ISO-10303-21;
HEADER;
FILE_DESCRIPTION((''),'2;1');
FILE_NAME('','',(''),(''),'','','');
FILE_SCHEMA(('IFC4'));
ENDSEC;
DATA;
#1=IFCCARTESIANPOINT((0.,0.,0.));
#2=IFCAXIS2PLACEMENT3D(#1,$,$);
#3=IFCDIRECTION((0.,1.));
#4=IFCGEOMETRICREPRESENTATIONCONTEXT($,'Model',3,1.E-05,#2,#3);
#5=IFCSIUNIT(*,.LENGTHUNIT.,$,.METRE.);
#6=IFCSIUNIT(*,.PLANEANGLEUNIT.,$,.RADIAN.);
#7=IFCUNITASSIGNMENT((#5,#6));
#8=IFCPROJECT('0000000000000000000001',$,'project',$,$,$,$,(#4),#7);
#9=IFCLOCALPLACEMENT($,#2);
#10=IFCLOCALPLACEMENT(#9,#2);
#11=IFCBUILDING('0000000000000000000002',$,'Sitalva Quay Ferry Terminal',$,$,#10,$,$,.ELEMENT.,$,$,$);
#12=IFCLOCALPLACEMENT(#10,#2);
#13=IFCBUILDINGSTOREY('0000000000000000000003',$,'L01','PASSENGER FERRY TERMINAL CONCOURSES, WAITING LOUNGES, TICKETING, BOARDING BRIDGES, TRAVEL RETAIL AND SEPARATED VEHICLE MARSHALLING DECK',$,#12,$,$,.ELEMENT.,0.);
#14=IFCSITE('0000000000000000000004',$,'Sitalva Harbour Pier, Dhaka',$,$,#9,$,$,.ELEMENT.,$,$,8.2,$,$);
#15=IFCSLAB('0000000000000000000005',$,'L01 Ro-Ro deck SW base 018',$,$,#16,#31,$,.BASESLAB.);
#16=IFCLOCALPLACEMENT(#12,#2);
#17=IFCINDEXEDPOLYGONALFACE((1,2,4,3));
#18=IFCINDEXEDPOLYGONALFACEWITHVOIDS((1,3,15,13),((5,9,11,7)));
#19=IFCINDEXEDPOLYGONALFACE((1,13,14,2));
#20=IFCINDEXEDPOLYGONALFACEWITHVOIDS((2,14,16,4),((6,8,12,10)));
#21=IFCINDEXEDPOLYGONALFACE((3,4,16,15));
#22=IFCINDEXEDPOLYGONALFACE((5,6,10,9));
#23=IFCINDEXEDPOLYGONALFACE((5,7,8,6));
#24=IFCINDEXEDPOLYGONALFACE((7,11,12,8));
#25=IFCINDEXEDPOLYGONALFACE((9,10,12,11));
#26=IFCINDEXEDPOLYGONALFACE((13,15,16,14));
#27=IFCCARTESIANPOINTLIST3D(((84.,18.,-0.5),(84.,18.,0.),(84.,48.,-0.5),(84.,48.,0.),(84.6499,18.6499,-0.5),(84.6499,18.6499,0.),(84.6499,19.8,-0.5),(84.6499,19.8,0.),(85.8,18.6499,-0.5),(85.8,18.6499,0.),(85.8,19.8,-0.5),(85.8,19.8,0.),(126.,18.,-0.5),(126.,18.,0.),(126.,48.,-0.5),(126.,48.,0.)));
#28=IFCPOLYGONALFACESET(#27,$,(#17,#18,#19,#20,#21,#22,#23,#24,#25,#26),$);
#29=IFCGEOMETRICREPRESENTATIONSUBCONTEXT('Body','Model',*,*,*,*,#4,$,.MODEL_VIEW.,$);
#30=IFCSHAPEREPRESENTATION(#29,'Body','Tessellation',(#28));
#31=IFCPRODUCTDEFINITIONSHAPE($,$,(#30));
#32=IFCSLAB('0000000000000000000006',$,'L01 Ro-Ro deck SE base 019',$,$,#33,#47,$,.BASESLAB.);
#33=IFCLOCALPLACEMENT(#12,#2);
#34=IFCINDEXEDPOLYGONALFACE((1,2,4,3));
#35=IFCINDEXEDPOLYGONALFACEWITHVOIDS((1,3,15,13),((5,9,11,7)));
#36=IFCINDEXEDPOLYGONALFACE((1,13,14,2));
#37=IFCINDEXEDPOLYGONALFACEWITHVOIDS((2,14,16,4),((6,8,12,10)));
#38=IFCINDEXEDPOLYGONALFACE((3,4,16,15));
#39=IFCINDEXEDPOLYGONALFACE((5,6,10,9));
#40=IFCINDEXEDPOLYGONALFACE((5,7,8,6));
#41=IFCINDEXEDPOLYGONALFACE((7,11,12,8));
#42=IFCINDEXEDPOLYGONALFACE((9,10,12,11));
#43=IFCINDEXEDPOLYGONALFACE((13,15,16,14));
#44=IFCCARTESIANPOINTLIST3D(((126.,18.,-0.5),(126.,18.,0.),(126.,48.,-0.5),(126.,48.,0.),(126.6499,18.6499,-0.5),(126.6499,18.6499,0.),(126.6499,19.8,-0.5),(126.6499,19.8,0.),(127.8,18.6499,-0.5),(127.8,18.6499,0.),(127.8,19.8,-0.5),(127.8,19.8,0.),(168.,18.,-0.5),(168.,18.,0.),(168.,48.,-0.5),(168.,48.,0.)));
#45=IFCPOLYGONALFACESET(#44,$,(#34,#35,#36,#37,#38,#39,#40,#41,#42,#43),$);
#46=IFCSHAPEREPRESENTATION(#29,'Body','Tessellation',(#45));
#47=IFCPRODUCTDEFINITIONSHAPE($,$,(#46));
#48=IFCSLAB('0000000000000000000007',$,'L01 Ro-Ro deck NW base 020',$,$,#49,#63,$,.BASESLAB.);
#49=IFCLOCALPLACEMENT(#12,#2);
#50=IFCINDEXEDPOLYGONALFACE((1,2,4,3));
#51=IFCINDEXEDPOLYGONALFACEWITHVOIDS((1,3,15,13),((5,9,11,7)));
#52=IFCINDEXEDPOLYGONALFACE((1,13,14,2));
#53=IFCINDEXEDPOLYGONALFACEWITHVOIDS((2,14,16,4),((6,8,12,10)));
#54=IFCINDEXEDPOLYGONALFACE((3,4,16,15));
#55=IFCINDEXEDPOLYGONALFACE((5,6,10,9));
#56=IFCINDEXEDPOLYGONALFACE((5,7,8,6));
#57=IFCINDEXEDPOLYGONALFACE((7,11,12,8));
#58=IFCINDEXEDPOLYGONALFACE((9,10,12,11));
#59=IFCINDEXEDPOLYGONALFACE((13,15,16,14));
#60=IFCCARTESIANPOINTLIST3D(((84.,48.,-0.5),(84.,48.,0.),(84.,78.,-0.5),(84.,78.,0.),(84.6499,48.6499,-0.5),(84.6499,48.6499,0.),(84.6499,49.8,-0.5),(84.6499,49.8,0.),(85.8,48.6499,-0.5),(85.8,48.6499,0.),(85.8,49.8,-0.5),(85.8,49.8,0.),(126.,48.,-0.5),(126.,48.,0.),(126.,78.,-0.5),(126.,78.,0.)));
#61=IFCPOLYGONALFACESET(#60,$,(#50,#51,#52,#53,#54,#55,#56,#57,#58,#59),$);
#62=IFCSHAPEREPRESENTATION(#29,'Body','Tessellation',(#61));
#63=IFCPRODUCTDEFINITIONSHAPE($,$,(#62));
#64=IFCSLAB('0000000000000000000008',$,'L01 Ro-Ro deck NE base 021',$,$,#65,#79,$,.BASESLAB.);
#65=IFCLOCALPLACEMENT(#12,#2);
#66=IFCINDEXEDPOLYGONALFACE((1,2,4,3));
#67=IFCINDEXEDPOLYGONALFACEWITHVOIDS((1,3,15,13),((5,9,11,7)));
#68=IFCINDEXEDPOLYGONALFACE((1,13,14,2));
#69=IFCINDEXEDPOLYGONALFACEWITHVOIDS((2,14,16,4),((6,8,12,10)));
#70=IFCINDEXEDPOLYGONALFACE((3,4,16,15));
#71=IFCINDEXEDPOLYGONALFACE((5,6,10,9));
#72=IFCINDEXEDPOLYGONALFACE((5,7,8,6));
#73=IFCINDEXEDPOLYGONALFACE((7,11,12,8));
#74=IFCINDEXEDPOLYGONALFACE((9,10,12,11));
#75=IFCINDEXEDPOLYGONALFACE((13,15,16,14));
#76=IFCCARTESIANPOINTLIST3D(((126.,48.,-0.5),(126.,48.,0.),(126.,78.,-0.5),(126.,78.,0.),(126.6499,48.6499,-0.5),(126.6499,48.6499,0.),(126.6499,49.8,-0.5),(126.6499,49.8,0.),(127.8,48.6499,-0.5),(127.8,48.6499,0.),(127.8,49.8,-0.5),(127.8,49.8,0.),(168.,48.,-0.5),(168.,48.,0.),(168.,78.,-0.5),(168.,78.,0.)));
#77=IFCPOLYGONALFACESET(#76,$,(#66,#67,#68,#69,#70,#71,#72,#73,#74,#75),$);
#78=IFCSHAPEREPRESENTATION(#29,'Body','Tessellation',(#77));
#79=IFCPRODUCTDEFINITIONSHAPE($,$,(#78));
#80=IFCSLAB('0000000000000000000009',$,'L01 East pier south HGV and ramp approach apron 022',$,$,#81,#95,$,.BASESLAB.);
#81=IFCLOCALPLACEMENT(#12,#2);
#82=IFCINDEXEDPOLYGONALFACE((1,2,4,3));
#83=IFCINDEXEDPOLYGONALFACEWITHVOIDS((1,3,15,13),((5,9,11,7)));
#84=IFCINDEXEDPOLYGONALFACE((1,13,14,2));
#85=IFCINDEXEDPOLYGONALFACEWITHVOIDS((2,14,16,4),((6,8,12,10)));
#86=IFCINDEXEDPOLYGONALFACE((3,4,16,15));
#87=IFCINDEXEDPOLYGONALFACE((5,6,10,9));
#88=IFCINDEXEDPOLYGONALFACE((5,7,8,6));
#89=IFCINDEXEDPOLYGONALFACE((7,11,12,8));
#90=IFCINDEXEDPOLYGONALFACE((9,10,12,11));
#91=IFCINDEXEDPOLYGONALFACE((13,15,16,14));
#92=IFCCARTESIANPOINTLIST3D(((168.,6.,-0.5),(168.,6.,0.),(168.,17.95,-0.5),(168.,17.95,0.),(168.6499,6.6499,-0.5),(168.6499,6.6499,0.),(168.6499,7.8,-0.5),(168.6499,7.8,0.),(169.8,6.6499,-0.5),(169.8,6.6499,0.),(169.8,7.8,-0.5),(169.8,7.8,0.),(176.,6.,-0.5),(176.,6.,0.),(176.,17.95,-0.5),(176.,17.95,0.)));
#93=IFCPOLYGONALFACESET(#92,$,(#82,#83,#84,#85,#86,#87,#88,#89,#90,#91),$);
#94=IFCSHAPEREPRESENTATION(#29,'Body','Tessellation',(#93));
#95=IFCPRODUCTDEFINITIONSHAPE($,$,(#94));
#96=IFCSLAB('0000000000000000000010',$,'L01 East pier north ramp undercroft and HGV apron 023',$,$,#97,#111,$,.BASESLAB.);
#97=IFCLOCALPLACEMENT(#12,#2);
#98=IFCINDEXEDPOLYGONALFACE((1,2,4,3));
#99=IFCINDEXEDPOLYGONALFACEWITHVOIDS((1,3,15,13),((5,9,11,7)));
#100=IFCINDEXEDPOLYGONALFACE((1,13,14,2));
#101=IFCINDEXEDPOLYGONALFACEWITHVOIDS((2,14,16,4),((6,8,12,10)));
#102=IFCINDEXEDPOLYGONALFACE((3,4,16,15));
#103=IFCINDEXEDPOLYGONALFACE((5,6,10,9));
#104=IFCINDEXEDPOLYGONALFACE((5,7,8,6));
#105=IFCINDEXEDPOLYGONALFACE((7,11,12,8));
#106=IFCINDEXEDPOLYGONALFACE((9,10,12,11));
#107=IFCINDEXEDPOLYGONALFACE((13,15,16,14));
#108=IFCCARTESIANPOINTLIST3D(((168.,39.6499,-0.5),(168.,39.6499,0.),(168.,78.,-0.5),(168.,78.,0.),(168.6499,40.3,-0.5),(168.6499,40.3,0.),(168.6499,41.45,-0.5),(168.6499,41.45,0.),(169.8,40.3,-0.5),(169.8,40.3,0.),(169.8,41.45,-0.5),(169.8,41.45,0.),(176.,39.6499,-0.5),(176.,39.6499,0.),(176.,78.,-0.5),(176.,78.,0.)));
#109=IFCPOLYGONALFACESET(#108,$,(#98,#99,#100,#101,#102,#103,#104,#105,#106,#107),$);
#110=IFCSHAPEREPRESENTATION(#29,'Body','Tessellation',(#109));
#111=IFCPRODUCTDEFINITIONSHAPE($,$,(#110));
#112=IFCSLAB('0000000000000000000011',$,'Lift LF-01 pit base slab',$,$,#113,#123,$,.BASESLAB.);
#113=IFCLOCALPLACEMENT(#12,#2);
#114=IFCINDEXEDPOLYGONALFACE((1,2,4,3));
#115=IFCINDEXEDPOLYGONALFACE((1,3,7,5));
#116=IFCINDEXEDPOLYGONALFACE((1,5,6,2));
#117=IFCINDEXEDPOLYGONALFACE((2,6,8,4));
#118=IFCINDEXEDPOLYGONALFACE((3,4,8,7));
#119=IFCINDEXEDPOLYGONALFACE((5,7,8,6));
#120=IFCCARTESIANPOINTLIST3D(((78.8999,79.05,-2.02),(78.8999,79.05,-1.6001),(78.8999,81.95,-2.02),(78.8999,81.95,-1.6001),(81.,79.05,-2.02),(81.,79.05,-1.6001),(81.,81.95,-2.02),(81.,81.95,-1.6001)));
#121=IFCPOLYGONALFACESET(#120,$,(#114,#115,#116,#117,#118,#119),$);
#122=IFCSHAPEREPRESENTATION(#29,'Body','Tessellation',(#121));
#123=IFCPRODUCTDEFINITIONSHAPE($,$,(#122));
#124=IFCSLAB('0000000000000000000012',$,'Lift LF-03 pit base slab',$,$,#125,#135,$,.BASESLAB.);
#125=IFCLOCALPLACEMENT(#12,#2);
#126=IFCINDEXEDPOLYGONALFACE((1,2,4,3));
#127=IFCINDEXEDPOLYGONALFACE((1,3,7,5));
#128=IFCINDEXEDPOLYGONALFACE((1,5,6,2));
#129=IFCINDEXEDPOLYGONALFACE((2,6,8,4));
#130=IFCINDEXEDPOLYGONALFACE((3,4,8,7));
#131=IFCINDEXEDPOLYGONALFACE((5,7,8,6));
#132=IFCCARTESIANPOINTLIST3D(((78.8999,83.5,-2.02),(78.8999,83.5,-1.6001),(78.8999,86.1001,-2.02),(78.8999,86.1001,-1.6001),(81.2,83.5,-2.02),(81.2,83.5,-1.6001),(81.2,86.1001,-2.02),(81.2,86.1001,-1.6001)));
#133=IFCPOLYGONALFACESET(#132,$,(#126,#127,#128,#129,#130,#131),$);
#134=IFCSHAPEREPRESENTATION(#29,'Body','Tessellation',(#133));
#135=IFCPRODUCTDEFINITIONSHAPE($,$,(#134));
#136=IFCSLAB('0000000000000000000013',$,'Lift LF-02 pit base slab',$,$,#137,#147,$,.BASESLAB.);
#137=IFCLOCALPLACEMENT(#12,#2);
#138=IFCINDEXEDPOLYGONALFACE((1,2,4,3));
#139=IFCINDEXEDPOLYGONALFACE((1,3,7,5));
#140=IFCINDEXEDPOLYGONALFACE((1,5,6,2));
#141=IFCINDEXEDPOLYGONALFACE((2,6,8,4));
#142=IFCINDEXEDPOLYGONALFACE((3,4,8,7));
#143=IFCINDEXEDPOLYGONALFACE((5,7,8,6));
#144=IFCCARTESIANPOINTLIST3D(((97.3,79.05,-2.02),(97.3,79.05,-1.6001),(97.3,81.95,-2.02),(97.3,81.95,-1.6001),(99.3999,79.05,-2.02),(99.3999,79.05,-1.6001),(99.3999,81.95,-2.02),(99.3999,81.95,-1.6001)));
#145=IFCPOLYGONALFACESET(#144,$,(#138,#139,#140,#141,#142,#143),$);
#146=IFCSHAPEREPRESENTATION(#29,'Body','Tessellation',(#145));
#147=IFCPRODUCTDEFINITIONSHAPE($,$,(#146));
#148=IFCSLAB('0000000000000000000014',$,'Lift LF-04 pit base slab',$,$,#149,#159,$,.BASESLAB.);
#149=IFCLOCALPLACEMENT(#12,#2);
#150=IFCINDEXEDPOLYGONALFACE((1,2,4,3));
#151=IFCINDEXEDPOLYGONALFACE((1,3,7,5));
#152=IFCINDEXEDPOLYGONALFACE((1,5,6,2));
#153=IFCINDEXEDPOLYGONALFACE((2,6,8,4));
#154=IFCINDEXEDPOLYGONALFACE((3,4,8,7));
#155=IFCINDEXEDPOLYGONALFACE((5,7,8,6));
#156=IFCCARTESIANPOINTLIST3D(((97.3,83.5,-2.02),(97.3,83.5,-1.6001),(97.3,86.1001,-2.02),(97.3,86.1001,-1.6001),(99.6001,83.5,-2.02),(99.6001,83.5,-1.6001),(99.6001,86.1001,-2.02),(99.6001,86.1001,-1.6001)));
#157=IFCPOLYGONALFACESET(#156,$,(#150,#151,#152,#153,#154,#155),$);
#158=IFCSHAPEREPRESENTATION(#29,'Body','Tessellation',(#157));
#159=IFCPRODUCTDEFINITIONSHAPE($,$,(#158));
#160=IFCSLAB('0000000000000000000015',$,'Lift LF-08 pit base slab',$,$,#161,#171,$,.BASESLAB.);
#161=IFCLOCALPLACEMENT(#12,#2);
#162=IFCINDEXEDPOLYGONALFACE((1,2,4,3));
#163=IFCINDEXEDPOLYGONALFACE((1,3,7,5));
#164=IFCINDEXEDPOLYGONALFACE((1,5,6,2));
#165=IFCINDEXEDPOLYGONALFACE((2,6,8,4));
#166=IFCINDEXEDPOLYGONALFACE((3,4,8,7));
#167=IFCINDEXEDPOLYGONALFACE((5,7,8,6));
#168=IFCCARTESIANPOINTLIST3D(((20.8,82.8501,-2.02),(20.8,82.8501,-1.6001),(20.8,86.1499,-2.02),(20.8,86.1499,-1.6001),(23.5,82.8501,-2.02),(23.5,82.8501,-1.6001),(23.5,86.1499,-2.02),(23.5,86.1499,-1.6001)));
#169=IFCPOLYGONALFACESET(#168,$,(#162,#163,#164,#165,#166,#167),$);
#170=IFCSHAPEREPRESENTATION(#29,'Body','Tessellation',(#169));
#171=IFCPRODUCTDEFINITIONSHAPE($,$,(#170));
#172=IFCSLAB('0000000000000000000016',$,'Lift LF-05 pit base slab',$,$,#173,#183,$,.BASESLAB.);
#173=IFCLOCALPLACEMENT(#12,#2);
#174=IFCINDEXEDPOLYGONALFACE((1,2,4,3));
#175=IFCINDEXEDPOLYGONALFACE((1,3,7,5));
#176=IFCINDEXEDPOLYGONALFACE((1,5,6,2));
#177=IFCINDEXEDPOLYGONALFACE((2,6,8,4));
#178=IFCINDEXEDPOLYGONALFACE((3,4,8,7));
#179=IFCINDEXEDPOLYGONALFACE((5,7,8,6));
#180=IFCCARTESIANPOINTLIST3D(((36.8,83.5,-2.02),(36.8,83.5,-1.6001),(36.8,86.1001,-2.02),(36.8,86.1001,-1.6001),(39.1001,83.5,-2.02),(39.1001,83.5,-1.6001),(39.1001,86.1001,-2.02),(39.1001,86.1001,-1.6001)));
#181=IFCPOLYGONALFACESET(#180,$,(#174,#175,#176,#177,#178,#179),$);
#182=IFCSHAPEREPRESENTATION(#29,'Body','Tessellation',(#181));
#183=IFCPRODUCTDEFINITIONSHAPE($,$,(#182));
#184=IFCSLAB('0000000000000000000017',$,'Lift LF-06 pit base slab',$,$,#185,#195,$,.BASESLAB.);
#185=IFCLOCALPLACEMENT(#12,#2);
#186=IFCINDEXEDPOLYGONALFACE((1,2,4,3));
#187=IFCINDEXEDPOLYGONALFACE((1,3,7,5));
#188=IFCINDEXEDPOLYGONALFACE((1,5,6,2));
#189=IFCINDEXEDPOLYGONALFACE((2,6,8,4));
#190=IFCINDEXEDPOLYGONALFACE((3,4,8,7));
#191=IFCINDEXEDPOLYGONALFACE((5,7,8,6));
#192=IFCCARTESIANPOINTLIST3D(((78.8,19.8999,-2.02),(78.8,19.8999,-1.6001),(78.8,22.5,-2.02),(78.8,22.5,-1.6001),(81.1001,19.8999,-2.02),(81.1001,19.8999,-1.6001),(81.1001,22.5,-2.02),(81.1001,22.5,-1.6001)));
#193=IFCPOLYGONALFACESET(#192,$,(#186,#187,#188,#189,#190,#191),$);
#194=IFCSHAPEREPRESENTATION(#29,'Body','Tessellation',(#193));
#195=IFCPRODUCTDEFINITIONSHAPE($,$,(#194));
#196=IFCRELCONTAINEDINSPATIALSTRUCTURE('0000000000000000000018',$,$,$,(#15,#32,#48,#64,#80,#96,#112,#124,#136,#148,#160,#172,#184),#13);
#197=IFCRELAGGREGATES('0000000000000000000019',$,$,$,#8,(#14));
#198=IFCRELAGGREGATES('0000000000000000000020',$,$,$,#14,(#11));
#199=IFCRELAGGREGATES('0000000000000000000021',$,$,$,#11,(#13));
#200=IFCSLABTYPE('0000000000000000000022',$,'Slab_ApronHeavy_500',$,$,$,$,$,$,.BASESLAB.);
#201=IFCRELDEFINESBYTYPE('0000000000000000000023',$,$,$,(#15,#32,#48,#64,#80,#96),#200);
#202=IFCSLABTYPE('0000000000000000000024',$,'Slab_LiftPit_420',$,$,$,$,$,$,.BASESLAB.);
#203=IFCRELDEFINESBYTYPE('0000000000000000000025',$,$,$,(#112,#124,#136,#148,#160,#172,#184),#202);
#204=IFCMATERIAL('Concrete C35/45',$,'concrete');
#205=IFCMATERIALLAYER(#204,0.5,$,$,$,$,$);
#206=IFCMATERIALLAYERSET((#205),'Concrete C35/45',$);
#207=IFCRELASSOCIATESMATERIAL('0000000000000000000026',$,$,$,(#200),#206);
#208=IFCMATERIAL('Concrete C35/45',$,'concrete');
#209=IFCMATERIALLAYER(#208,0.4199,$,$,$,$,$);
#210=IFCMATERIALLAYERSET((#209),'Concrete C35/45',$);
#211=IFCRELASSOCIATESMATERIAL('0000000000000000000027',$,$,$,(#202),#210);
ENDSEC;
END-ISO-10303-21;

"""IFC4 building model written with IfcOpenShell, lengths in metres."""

from ifc_helpers import new_model, si_unit, direction, frame, origin, place, context, subcontext, project, spatial, polyline, outline, extrude, material, layer, layer_set, type_object, element, save


model = new_model("IFC4")

# Units and contexts
model_context = context("Model", 3, precision=1e-05, world=origin(), true_north=direction((0.0, 1.0)))
body_context = subcontext(model_context, "Body", "Model", "MODEL_VIEW")
ifc_project = project(units=[si_unit("LENGTHUNIT", "METRE"), si_unit("PLANEANGLEUNIT", "RADIAN")], contexts=[model_context])

# Site, building, storey
site_placement = place(None, origin())
site = spatial("IfcSite", under=ifc_project, at=site_placement, Name="Sitalva Harbour Pier, Dhaka", CompositionType="ELEMENT", RefElevation=8.2)
building_placement = place(site_placement, origin())
building = spatial("IfcBuilding", under=site, at=building_placement, Name="Sitalva Quay Ferry Terminal", CompositionType="ELEMENT")
storey_placement = place(building_placement, origin())
storey = spatial("IfcBuildingStorey", under=building, at=storey_placement, Name="L01", Description="PASSENGER FERRY TERMINAL CONCOURSES, WAITING LOUNGES, TICKETING, BOARDING BRIDGES, TRAVEL RETAIL AND SEPARATED VEHICLE MARSHALLING DECK", CompositionType="ELEMENT", Elevation=0.0)

# Slabs
ifc_material_1 = material(Name="Concrete C35/45", Category="concrete")
ifc_layer_1 = layer(ifc_material_1, 0.5)
ifc_layer_set_1 = layer_set([ifc_layer_1], Name="Concrete C35/45")
slab_type_1 = type_object("IfcSlabType", Name="Slab_ApronHeavy_500", PredefinedType="BASESLAB", material=ifc_layer_set_1)
slab_1_placement = place(storey_placement, frame((0.0, 0.0, -0.5)))
element("IfcSlab", 1, at=slab_1_placement, inside=storey, type_object=slab_type_1, Name="L01 Ro-Ro deck SW base 018", PredefinedType="BASESLAB", context=body_context, shape_type="SweptSolid", body=[
    extrude(outline(polyline([(84.0, 18.0), (126.0, 18.0), (126.0, 48.0), (84.0, 48.0), (84.0, 18.0)]), holes=[polyline([(84.6499, 18.6499), (84.6499, 19.8), (85.8, 19.8), (85.8, 18.6499), (84.6499, 18.6499)])]), origin(), (0.0, 0.0, 1.0), 0.5),
])
slab_2_placement = place(storey_placement, frame((0.0, 0.0, -0.5)))
element("IfcSlab", 2, at=slab_2_placement, inside=storey, type_object=slab_type_1, Name="L01 Ro-Ro deck SE base 019", PredefinedType="BASESLAB", context=body_context, shape_type="SweptSolid", body=[
    extrude(outline(polyline([(126.0, 18.0), (168.0, 18.0), (168.0, 48.0), (126.0, 48.0), (126.0, 18.0)]), holes=[polyline([(126.6499, 18.6499), (126.6499, 19.8), (127.8, 19.8), (127.8, 18.6499), (126.6499, 18.6499)])]), origin(), (0.0, 0.0, 1.0), 0.5),
])
slab_3_placement = place(storey_placement, frame((0.0, 0.0, -0.5)))
element("IfcSlab", 3, at=slab_3_placement, inside=storey, type_object=slab_type_1, Name="L01 Ro-Ro deck NW base 020", PredefinedType="BASESLAB", context=body_context, shape_type="SweptSolid", body=[
    extrude(outline(polyline([(84.0, 48.0), (126.0, 48.0), (126.0, 78.0), (84.0, 78.0), (84.0, 48.0)]), holes=[polyline([(84.6499, 48.6499), (84.6499, 49.8), (85.8, 49.8), (85.8, 48.6499), (84.6499, 48.6499)])]), origin(), (0.0, 0.0, 1.0), 0.5),
])
slab_4_placement = place(storey_placement, frame((0.0, 0.0, -0.5)))
element("IfcSlab", 4, at=slab_4_placement, inside=storey, type_object=slab_type_1, Name="L01 Ro-Ro deck NE base 021", PredefinedType="BASESLAB", context=body_context, shape_type="SweptSolid", body=[
    extrude(outline(polyline([(126.0, 48.0), (168.0, 48.0), (168.0, 78.0), (126.0, 78.0), (126.0, 48.0)]), holes=[polyline([(126.6499, 48.6499), (126.6499, 49.8), (127.8, 49.8), (127.8, 48.6499), (126.6499, 48.6499)])]), origin(), (0.0, 0.0, 1.0), 0.5),
])
slab_5_placement = place(storey_placement, frame((0.0, 0.0, -0.5)))
element("IfcSlab", 5, at=slab_5_placement, inside=storey, type_object=slab_type_1, Name="L01 East pier south HGV and ramp approach apron 022", PredefinedType="BASESLAB", context=body_context, shape_type="SweptSolid", body=[
    extrude(outline(polyline([(168.0, 6.0), (176.0, 6.0), (176.0, 17.95), (168.0, 17.95), (168.0, 6.0)]), holes=[polyline([(168.6499, 6.6499), (168.6499, 7.8), (169.8, 7.8), (169.8, 6.6499), (168.6499, 6.6499)])]), origin(), (0.0, 0.0, 1.0), 0.5),
])
slab_6_placement = place(storey_placement, frame((0.0, 0.0, -0.5)))
element("IfcSlab", 6, at=slab_6_placement, inside=storey, type_object=slab_type_1, Name="L01 East pier north ramp undercroft and HGV apron 023", PredefinedType="BASESLAB", context=body_context, shape_type="SweptSolid", body=[
    extrude(outline(polyline([(168.0, 39.6499), (176.0, 39.6499), (176.0, 78.0), (168.0, 78.0), (168.0, 39.6499)]), holes=[polyline([(168.6499, 40.3), (168.6499, 41.45), (169.8, 41.45), (169.8, 40.3), (168.6499, 40.3)])]), origin(), (0.0, 0.0, 1.0), 0.5),
])
ifc_material_2 = material(Name="Concrete C35/45", Category="concrete")
ifc_layer_2 = layer(ifc_material_2, 0.4199)
ifc_layer_set_2 = layer_set([ifc_layer_2], Name="Concrete C35/45")
slab_type_2 = type_object("IfcSlabType", Name="Slab_LiftPit_420", PredefinedType="BASESLAB", material=ifc_layer_set_2)
slab_7_placement = place(storey_placement, frame((0.0, 0.0, -2.02)))
element("IfcSlab", 7, at=slab_7_placement, inside=storey, type_object=slab_type_2, Name="Lift LF-01 pit base slab", PredefinedType="BASESLAB", context=body_context, shape_type="SweptSolid", body=[
    extrude(outline(polyline([(78.8999, 79.05), (81.0, 79.05), (81.0, 81.95), (78.8999, 81.95), (78.8999, 79.05)])), origin(), (0.0, 0.0, 1.0), 0.4199),
])
slab_8_placement = place(storey_placement, frame((0.0, 0.0, -2.02)))
element("IfcSlab", 8, at=slab_8_placement, inside=storey, type_object=slab_type_2, Name="Lift LF-03 pit base slab", PredefinedType="BASESLAB", context=body_context, shape_type="SweptSolid", body=[
    extrude(outline(polyline([(78.8999, 83.5), (81.2, 83.5), (81.2, 86.1001), (78.8999, 86.1001), (78.8999, 83.5)])), origin(), (0.0, 0.0, 1.0), 0.4199),
])
slab_9_placement = place(storey_placement, frame((0.0, 0.0, -2.02)))
element("IfcSlab", 9, at=slab_9_placement, inside=storey, type_object=slab_type_2, Name="Lift LF-02 pit base slab", PredefinedType="BASESLAB", context=body_context, shape_type="SweptSolid", body=[
    extrude(outline(polyline([(97.3, 79.05), (99.3999, 79.05), (99.3999, 81.95), (97.3, 81.95), (97.3, 79.05)])), origin(), (0.0, 0.0, 1.0), 0.4199),
])
slab_10_placement = place(storey_placement, frame((0.0, 0.0, -2.02)))
element("IfcSlab", 10, at=slab_10_placement, inside=storey, type_object=slab_type_2, Name="Lift LF-04 pit base slab", PredefinedType="BASESLAB", context=body_context, shape_type="SweptSolid", body=[
    extrude(outline(polyline([(97.3, 83.5), (99.6001, 83.5), (99.6001, 86.1001), (97.3, 86.1001), (97.3, 83.5)])), origin(), (0.0, 0.0, 1.0), 0.4199),
])
slab_11_placement = place(storey_placement, frame((0.0, 0.0, -2.02)))
element("IfcSlab", 11, at=slab_11_placement, inside=storey, type_object=slab_type_2, Name="Lift LF-08 pit base slab", PredefinedType="BASESLAB", context=body_context, shape_type="SweptSolid", body=[
    extrude(outline(polyline([(20.8, 82.8501), (23.5, 82.8501), (23.5, 86.1499), (20.8, 86.1499), (20.8, 82.8501)])), origin(), (0.0, 0.0, 1.0), 0.4199),
])
slab_12_placement = place(storey_placement, frame((0.0, 0.0, -2.02)))
element("IfcSlab", 12, at=slab_12_placement, inside=storey, type_object=slab_type_2, Name="Lift LF-05 pit base slab", PredefinedType="BASESLAB", context=body_context, shape_type="SweptSolid", body=[
    extrude(outline(polyline([(36.8, 83.5), (39.1001, 83.5), (39.1001, 86.1001), (36.8, 86.1001), (36.8, 83.5)])), origin(), (0.0, 0.0, 1.0), 0.4199),
])
slab_13_placement = place(storey_placement, frame((0.0, 0.0, -2.02)))
element("IfcSlab", 13, at=slab_13_placement, inside=storey, type_object=slab_type_2, Name="Lift LF-06 pit base slab", PredefinedType="BASESLAB", context=body_context, shape_type="SweptSolid", body=[
    extrude(outline(polyline([(78.8, 19.8999), (81.1001, 19.8999), (81.1001, 22.5), (78.8, 22.5), (78.8, 19.8999)])), origin(), (0.0, 0.0, 1.0), 0.4199),
])

save(model, "model.ifc")
